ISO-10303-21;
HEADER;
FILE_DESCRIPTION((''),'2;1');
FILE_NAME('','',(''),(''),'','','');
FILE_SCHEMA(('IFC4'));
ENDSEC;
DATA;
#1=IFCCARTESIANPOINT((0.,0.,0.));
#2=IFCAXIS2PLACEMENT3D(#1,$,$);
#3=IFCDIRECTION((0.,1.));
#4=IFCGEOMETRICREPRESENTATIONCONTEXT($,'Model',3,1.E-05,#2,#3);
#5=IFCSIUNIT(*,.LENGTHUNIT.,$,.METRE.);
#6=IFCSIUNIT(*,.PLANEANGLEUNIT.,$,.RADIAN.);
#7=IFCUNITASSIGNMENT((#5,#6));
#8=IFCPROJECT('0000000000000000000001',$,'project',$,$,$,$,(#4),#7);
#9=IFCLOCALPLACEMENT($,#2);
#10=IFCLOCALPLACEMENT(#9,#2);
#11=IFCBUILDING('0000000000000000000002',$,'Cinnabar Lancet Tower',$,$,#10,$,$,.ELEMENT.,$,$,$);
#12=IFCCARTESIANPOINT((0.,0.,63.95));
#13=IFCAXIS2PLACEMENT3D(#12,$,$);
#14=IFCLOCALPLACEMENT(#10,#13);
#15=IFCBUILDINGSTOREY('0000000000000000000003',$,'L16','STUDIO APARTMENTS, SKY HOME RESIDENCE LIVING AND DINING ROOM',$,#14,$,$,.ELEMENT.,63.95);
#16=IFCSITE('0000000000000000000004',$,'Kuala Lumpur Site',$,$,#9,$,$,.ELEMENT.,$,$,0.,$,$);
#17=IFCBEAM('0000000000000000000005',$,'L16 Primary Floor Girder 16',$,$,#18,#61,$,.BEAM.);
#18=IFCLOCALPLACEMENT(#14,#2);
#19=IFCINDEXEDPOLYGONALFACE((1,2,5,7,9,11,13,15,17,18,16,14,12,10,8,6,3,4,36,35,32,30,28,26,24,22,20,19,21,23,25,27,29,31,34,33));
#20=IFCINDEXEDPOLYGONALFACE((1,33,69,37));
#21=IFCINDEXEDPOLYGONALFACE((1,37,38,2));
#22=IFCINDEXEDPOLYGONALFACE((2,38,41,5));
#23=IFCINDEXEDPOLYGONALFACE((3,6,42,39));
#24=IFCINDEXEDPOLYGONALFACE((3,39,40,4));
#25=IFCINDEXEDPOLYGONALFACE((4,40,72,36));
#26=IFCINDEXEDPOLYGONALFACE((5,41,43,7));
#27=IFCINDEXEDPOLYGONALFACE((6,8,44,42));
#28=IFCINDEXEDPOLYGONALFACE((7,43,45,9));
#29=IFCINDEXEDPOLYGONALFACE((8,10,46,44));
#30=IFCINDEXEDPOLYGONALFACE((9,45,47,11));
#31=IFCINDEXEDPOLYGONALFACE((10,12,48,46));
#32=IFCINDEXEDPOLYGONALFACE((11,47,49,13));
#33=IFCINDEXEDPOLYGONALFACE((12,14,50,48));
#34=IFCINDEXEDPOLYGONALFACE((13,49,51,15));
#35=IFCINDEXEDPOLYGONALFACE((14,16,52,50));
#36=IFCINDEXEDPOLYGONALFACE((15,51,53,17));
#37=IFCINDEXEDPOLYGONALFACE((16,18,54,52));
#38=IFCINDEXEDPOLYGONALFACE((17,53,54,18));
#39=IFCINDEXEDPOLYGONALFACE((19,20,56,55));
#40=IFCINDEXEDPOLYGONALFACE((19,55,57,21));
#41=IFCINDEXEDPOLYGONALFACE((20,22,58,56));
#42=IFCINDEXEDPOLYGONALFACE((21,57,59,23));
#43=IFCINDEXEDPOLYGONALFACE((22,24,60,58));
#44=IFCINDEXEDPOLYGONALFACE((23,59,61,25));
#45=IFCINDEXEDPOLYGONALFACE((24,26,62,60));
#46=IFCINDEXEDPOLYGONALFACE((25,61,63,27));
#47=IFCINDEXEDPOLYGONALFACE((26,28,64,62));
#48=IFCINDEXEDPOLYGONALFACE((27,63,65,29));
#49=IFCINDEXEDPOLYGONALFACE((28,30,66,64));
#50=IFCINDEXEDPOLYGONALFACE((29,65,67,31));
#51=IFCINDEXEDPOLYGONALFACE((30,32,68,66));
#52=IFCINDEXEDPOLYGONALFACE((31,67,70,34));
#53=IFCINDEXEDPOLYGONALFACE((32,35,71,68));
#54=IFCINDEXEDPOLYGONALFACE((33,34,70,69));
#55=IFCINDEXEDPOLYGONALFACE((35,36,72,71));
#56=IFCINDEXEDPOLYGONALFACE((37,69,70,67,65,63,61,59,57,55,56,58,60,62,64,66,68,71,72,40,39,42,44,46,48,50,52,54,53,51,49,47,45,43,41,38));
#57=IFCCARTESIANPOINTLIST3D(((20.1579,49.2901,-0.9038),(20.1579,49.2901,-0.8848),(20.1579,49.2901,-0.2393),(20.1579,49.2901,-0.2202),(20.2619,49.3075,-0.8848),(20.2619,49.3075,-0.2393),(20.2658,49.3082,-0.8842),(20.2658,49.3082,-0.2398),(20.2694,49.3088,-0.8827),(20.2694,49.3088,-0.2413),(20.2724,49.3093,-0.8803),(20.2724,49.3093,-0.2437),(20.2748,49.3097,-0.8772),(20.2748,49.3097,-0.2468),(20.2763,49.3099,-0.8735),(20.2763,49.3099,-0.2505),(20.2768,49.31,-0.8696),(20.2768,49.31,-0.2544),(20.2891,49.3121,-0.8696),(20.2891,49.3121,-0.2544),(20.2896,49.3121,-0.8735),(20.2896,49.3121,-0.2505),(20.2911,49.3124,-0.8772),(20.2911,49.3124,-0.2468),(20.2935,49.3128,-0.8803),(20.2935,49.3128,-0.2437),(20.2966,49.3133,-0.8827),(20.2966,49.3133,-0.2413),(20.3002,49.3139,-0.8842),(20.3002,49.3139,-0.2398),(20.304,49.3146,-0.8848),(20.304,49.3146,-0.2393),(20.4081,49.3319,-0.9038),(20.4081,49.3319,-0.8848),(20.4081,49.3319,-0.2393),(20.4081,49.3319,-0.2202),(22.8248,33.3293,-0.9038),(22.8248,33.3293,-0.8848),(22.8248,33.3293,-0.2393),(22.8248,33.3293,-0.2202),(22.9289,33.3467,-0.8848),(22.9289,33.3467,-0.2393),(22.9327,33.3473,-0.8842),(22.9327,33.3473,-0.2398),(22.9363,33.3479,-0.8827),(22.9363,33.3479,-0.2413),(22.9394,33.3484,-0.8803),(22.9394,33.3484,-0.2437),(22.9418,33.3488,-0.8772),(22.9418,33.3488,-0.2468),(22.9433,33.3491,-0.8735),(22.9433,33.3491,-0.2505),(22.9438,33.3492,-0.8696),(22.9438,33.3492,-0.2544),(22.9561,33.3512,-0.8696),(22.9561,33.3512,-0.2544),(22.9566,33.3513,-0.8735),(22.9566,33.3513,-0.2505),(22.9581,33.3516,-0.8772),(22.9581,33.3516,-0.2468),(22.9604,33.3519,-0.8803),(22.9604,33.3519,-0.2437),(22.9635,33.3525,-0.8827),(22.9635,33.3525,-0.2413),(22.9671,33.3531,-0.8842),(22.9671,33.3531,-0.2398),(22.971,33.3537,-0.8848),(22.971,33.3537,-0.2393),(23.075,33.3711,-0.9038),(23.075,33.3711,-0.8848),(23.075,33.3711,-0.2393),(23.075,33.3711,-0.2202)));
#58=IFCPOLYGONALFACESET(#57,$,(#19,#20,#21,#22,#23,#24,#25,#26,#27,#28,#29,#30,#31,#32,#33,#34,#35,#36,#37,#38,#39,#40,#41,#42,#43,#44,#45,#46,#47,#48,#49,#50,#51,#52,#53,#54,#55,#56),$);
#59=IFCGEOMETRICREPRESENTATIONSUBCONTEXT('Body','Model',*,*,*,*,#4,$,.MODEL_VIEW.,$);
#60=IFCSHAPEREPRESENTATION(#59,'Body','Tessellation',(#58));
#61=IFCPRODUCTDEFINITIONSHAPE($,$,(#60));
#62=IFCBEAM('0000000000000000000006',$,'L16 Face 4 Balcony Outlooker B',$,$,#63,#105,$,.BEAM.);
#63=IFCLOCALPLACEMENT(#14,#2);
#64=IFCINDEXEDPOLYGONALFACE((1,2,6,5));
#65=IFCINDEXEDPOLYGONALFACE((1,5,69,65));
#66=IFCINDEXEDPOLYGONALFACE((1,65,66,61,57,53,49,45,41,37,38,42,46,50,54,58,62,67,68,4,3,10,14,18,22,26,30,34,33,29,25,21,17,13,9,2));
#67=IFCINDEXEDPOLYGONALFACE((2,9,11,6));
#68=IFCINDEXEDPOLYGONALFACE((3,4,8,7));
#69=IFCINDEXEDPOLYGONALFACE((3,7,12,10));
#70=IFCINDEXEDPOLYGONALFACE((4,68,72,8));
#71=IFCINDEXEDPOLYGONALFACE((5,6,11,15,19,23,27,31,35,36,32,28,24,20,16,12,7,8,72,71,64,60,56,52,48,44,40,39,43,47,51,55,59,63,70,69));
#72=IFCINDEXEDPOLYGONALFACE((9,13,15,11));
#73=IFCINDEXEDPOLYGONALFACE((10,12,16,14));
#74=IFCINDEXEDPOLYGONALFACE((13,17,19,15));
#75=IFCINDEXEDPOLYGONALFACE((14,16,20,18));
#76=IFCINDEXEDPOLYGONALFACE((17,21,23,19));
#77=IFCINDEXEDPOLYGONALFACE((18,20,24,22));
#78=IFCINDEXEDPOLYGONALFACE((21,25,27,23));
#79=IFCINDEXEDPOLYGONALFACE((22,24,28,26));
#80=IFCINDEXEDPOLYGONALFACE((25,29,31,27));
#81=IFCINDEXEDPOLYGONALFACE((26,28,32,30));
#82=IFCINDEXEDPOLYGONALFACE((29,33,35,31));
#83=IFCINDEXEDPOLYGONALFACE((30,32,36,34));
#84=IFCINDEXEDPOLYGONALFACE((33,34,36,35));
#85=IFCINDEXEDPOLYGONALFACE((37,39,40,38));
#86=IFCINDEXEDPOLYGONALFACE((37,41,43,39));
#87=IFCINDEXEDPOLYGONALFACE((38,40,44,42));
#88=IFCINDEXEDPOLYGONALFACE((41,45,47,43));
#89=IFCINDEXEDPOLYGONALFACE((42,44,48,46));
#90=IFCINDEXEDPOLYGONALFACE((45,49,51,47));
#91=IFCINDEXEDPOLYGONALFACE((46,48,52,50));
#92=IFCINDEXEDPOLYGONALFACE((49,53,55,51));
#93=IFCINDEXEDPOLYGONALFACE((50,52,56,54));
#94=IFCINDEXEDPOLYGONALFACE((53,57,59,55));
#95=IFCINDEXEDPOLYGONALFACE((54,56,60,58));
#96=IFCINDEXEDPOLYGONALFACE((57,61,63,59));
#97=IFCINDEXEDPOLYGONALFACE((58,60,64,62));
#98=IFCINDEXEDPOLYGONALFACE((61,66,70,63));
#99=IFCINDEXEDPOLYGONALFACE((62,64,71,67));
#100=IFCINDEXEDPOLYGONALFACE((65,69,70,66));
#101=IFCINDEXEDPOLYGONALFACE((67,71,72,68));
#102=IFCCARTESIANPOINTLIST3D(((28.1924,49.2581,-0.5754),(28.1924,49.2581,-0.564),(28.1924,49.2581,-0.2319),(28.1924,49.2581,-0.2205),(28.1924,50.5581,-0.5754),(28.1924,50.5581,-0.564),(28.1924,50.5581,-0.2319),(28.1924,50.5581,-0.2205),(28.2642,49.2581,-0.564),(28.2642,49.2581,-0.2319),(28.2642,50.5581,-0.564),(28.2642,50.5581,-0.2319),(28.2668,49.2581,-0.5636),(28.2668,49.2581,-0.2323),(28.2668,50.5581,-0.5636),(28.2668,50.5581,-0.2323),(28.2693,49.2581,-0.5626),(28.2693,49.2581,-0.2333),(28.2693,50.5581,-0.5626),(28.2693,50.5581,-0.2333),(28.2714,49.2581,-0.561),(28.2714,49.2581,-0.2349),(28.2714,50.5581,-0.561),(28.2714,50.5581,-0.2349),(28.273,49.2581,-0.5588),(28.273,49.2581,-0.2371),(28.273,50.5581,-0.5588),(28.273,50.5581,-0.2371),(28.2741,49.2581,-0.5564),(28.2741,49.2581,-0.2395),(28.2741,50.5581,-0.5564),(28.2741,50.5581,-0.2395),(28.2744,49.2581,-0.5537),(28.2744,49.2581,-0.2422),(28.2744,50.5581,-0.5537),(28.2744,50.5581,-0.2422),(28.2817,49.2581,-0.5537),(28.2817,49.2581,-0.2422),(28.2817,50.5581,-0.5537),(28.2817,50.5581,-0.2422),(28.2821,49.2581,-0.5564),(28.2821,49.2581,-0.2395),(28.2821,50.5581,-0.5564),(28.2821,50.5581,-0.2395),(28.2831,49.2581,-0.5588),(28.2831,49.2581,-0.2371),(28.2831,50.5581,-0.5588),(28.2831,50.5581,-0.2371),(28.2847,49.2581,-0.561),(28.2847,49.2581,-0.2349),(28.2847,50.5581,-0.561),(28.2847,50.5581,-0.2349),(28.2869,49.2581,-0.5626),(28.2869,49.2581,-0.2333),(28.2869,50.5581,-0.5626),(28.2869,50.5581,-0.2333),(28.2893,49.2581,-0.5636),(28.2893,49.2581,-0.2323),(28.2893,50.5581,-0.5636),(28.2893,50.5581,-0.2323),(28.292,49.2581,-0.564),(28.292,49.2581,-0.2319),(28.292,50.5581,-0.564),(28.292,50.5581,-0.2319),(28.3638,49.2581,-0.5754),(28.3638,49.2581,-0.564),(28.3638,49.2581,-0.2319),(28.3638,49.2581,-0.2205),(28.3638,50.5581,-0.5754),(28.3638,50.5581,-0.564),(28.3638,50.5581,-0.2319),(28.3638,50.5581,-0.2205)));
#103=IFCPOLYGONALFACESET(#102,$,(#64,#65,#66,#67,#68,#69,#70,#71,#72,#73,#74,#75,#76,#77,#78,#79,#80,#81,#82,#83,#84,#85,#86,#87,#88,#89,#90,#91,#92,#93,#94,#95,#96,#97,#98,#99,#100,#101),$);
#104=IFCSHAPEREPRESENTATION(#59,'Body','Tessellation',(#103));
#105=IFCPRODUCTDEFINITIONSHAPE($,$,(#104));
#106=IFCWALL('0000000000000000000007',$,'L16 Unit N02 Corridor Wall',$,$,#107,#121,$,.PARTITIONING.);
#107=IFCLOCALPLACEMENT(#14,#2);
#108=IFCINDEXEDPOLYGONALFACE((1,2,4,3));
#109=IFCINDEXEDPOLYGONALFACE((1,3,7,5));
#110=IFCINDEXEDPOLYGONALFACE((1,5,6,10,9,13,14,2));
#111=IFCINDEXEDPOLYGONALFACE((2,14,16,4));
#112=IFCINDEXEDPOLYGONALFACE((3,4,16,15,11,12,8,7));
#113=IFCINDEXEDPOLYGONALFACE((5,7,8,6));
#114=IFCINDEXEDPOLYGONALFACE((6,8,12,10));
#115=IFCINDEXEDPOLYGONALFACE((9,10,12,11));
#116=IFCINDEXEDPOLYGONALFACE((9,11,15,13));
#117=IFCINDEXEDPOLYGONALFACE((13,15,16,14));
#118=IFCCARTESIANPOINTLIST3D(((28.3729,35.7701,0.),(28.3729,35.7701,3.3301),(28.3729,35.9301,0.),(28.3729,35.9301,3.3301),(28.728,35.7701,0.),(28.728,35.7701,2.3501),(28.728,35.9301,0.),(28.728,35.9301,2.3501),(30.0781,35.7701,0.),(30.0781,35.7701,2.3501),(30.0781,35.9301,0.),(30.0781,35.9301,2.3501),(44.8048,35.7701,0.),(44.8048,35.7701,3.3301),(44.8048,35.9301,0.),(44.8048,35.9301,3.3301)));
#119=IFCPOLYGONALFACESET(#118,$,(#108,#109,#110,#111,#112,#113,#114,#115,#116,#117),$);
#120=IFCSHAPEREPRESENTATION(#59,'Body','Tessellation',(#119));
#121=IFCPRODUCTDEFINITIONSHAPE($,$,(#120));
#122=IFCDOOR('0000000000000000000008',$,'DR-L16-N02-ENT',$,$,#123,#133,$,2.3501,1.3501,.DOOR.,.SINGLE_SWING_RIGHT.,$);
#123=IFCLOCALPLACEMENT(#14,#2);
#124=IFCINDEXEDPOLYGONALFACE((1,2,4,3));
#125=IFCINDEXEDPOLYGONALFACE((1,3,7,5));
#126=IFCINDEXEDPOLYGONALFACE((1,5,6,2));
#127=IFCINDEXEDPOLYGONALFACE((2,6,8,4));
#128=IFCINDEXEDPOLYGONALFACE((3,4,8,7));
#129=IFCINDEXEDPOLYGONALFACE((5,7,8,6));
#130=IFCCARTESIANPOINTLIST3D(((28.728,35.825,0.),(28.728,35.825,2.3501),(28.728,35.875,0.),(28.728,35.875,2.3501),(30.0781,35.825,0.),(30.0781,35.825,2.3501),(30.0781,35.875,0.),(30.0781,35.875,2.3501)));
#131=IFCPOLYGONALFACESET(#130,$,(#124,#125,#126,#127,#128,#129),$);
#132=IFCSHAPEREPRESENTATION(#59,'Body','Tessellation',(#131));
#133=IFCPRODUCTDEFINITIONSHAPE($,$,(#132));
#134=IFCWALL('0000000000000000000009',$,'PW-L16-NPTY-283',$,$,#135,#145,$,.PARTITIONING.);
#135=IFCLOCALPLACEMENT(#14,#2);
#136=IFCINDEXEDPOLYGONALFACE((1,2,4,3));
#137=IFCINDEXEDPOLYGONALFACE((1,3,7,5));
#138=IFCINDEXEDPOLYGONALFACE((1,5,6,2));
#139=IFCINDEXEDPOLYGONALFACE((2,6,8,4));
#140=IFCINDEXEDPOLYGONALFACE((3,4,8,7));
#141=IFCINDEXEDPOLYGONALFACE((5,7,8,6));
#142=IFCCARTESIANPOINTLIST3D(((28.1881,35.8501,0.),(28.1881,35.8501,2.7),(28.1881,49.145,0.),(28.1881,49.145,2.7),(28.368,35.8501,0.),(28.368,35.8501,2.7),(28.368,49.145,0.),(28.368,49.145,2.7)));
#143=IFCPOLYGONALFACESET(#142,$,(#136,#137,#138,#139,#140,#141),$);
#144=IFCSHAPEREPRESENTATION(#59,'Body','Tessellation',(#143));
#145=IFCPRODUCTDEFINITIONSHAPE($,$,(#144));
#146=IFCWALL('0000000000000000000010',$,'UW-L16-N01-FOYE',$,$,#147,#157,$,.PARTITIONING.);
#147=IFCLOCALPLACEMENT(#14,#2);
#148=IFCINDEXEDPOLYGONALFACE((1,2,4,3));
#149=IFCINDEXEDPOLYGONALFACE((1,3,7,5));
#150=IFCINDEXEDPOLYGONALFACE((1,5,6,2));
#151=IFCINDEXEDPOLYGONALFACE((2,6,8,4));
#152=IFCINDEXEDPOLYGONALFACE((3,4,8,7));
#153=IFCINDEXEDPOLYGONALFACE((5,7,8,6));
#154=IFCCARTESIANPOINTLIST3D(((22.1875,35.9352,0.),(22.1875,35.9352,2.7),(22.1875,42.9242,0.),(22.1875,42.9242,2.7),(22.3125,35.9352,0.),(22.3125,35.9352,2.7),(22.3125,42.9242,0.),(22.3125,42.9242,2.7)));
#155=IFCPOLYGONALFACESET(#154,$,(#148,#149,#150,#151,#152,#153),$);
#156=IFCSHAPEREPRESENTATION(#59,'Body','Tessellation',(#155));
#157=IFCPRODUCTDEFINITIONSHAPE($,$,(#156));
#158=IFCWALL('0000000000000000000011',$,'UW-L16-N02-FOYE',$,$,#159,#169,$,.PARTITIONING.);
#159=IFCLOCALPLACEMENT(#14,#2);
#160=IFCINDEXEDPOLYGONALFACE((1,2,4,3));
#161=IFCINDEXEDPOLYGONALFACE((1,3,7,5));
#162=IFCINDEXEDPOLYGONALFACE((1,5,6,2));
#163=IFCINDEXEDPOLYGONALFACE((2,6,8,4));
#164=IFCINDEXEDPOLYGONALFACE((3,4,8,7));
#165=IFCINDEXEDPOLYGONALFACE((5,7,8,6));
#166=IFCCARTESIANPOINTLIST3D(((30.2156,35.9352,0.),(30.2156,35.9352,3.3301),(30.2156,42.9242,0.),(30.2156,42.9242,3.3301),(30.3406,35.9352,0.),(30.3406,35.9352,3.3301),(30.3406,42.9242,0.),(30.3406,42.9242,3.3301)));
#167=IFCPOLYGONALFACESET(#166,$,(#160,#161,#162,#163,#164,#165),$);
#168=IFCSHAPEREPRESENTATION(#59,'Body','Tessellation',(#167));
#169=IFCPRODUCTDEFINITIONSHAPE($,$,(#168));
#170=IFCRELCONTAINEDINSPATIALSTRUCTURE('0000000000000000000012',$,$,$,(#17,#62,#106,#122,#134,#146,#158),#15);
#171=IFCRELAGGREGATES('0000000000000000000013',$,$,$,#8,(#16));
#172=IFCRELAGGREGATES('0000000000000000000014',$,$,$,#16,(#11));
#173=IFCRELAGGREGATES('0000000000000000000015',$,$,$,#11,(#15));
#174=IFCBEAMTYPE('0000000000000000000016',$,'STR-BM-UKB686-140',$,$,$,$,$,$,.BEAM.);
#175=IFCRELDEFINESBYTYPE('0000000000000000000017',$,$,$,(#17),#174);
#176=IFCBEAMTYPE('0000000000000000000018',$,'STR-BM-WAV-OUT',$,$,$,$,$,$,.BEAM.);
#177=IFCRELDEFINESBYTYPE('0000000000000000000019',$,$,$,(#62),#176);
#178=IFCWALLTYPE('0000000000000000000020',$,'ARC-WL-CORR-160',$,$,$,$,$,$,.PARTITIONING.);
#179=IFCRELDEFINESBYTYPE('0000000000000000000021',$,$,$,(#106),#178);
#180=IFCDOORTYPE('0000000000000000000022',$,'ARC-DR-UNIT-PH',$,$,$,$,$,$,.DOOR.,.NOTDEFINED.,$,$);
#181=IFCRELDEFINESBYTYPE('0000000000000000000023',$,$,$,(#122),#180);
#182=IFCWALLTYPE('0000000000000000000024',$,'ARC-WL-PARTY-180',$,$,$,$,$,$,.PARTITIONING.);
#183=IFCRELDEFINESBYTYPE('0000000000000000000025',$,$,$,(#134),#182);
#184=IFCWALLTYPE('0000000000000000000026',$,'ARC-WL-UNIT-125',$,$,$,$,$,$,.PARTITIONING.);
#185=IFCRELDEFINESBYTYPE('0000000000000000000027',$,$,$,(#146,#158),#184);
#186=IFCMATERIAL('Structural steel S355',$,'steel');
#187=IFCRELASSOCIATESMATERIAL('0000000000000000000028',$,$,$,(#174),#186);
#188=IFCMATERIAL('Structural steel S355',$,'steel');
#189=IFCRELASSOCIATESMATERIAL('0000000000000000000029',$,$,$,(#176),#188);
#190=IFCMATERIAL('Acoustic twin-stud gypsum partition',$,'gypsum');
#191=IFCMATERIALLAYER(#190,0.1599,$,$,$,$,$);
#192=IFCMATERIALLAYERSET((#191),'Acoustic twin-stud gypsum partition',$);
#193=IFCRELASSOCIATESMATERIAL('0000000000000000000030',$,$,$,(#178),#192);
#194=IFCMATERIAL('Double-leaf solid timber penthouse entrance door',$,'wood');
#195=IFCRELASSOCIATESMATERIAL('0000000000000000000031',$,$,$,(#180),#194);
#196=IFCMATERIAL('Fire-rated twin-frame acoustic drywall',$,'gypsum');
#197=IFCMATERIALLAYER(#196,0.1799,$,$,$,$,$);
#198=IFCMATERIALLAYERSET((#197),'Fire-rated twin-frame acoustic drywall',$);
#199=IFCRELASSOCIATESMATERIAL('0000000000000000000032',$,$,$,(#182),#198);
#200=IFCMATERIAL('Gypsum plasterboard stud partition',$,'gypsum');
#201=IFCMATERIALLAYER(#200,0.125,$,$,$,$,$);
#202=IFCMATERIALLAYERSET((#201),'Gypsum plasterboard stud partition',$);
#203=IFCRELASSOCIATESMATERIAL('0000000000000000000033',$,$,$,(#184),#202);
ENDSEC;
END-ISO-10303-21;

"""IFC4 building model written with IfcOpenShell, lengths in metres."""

from ifc_helpers import new_model, si_unit, direction, frame, frame_2d, origin, origin_2d, place, context, subcontext, project, spatial, rectangle, i_section, extrude, material, layer, layer_set, material_profile, profile_set, type_object, element, fill, save


model = new_model("IFC4")

# Units and contexts
model_context = context("Model", 3, precision=1e-05, world=origin(), true_north=direction((0.0, 1.0)))
body_context = subcontext(model_context, "Body", "Model", "MODEL_VIEW")
ifc_project = project(units=[si_unit("LENGTHUNIT", "METRE"), si_unit("PLANEANGLEUNIT", "RADIAN")], contexts=[model_context])

# Site, building, storey
site_placement = place(None, origin())
site = spatial("IfcSite", under=ifc_project, at=site_placement, Name="Kuala Lumpur Site", CompositionType="ELEMENT", RefElevation=0.0)
building_placement = place(site_placement, origin())
building = spatial("IfcBuilding", under=site, at=building_placement, Name="Cinnabar Lancet Tower", CompositionType="ELEMENT")
storey_placement = place(building_placement, frame((0.0, 0.0, 63.95)))
storey = spatial("IfcBuildingStorey", under=building, at=storey_placement, Name="L16", Description="STUDIO APARTMENTS, SKY HOME RESIDENCE LIVING AND DINING ROOM", CompositionType="ELEMENT", Elevation=63.95)

# Beams
ifc_material_1 = material(Name="Structural steel S355", Category="steel")
ifc_material_profile_1 = material_profile(ifc_material_1, i_section(OverallWidth=0.2537, OverallDepth=0.6836, WebThickness=0.0125, FlangeThickness=0.019, FilletRadius=0.0151, at=origin_2d()), Name="UKB 686x254x140")
ifc_profile_set_1 = profile_set([ifc_material_profile_1], Name="Structural steel S355")
beam_type_1 = type_object("IfcBeamType", Name="STR-BM-UKB686-140", PredefinedType="BEAM", material=ifc_profile_set_1)
beam_1_placement = place(storey_placement, frame((20.283, 49.311, -0.562), z_axis=(0.16481, -0.986325, 0.0), x_axis=(0.986325, 0.16481, 0.0)))
element("IfcBeam", 1, at=beam_1_placement, inside=storey, type_object=beam_type_1, Name="L16 Primary Floor Girder 16", PredefinedType="BEAM", context=body_context, shape_type="SweptSolid", body=[
    extrude(i_section(OverallWidth=0.2537, OverallDepth=0.6836, WebThickness=0.0125, FlangeThickness=0.019, FilletRadius=0.0151, at=origin_2d()), origin(), (0.0, 0.0, 1.0), 16.1821),
])
ifc_material_2 = material(Name="Structural steel S355", Category="steel")
ifc_material_profile_2 = material_profile(ifc_material_2, i_section(OverallWidth=0.1714, OverallDepth=0.355, WebThickness=0.0073, FlangeThickness=0.0115, FilletRadius=0.0103, at=origin_2d()), Name="UKB 356x171x51")
ifc_profile_set_2 = profile_set([ifc_material_profile_2], Name="Structural steel S355")
beam_type_2 = type_object("IfcBeamType", Name="STR-BM-WAV-OUT", PredefinedType="BEAM", material=ifc_profile_set_2)
beam_2_placement = place(storey_placement, frame((28.2781, 49.2581, -0.3979), z_axis=(0.0, 1.0, 0.0), x_axis=(-1.0, 0.0, 0.0)))
element("IfcBeam", 2, at=beam_2_placement, inside=storey, type_object=beam_type_2, Name="L16 Face 4 Balcony Outlooker B", PredefinedType="BEAM", context=body_context, shape_type="SweptSolid", body=[
    extrude(i_section(OverallWidth=0.1714, OverallDepth=0.355, WebThickness=0.0073, FlangeThickness=0.0115, FilletRadius=0.0103, at=origin_2d()), origin(), (0.0, 0.0, 1.0), 1.3),
])

# Wall, opening, door
ifc_material_3 = material(Name="Acoustic twin-stud gypsum partition", Category="gypsum")
ifc_layer_1 = layer(ifc_material_3, 0.1599)
ifc_layer_set_1 = layer_set([ifc_layer_1], Name="Acoustic twin-stud gypsum partition")
wall_type_1 = type_object("IfcWallType", Name="ARC-WL-CORR-160", PredefinedType="PARTITIONING", material=ifc_layer_set_1)
wall_1_placement = place(storey_placement, frame((28.373, 35.8501, 0.0), z_axis=(0.0, 0.0, 1.0), x_axis=(1.0, 0.0, 0.0)))
wall_1 = element("IfcWall", 3, at=wall_1_placement, inside=storey, type_object=wall_type_1, Name="L16 Unit N02 Corridor Wall", PredefinedType="PARTITIONING", context=body_context, shape_type="SweptSolid", body=[
    extrude(rectangle(XDim=16.4319, YDim=0.1599, at=frame_2d((8.2158, 0.0))), origin(), (0.0, 0.0, 1.0), 3.3301),
])
opening_1_placement = place(wall_1_placement, frame((0.355, 0.0, 0.0)))
opening_1 = element("IfcOpeningElement", 4, at=opening_1_placement, cuts=wall_1, PredefinedType="OPENING", context=body_context, shape_type="SweptSolid", body=[
    extrude(rectangle(XDim=1.3501, YDim=2.3501, at=frame_2d((0.675, 1.175))), frame((0.0, 0.0898, 0.0), z_axis=(0.0, -1.0, 0.0), x_axis=(1.0, 0.0, 0.0)), (0.0, 0.0, 1.0), 0.1799),
])
ifc_material_4 = material(Name="Double-leaf solid timber penthouse entrance door", Category="wood")
door_type_1 = type_object("IfcDoorType", Name="ARC-DR-UNIT-PH", OperationType="NOTDEFINED", PredefinedType="DOOR", material=ifc_material_4)
door_1_placement = place(opening_1_placement, origin())
door_1 = element("IfcDoor", 5, at=door_1_placement, inside=storey, type_object=door_type_1, Name="DR-L16-N02-ENT", OperationType="SINGLE_SWING_RIGHT", OverallHeight=2.3501, OverallWidth=1.3501, PredefinedType="DOOR", context=body_context, shape_type="SweptSolid", body=[
    extrude(rectangle(XDim=1.3501, YDim=2.3501, at=frame_2d((0.675, 1.175))), frame((0.0, 0.0249, 0.0), z_axis=(0.0, -1.0, 0.0), x_axis=(1.0, 0.0, 0.0)), (0.0, 0.0, 1.0), 0.05),
])
fill(opening_1, door_1)

# Walls
ifc_material_5 = material(Name="Fire-rated twin-frame acoustic drywall", Category="gypsum")
ifc_layer_2 = layer(ifc_material_5, 0.1799)
ifc_layer_set_2 = layer_set([ifc_layer_2], Name="Fire-rated twin-frame acoustic drywall")
wall_type_2 = type_object("IfcWallType", Name="ARC-WL-PARTY-180", PredefinedType="PARTITIONING", material=ifc_layer_set_2)
wall_2_placement = place(storey_placement, frame((28.2781, 35.8501, 0.0), z_axis=(0.0, 0.0, 1.0), x_axis=(0.0, 1.0, 0.0)))
element("IfcWall", 6, at=wall_2_placement, inside=storey, type_object=wall_type_2, Name="PW-L16-NPTY-283", PredefinedType="PARTITIONING", context=body_context, shape_type="SweptSolid", body=[
    extrude(rectangle(XDim=13.2949, YDim=0.1799, at=frame_2d((6.6475, 0.0))), origin(), (0.0, 0.0, 1.0), 2.7),
])
ifc_material_6 = material(Name="Gypsum plasterboard stud partition", Category="gypsum")
ifc_layer_3 = layer(ifc_material_6, 0.125)
ifc_layer_set_3 = layer_set([ifc_layer_3], Name="Gypsum plasterboard stud partition")
wall_type_3 = type_object("IfcWallType", Name="ARC-WL-UNIT-125", PredefinedType="PARTITIONING", material=ifc_layer_set_3)
wall_3_placement = place(storey_placement, frame((22.25, 35.9351, 0.0), z_axis=(0.0, 0.0, 1.0), x_axis=(0.0, 1.0, 0.0)))
element("IfcWall", 7, at=wall_3_placement, inside=storey, type_object=wall_type_3, Name="UW-L16-N01-FOYE", PredefinedType="PARTITIONING", context=body_context, shape_type="SweptSolid", body=[
    extrude(rectangle(XDim=6.989, YDim=0.125, at=frame_2d((3.4946, 0.0))), origin(), (0.0, 0.0, 1.0), 2.7),
])
wall_4_placement = place(storey_placement, frame((30.2781, 35.9351, 0.0), z_axis=(0.0, 0.0, 1.0), x_axis=(0.0, 1.0, 0.0)))
element("IfcWall", 8, at=wall_4_placement, inside=storey, type_object=wall_type_3, Name="UW-L16-N02-FOYE", PredefinedType="PARTITIONING", context=body_context, shape_type="SweptSolid", body=[
    extrude(rectangle(XDim=6.989, YDim=0.125, at=frame_2d((3.4946, 0.0))), origin(), (0.0, 0.0, 1.0), 3.3301),
])

save(model, "model.ifc")
